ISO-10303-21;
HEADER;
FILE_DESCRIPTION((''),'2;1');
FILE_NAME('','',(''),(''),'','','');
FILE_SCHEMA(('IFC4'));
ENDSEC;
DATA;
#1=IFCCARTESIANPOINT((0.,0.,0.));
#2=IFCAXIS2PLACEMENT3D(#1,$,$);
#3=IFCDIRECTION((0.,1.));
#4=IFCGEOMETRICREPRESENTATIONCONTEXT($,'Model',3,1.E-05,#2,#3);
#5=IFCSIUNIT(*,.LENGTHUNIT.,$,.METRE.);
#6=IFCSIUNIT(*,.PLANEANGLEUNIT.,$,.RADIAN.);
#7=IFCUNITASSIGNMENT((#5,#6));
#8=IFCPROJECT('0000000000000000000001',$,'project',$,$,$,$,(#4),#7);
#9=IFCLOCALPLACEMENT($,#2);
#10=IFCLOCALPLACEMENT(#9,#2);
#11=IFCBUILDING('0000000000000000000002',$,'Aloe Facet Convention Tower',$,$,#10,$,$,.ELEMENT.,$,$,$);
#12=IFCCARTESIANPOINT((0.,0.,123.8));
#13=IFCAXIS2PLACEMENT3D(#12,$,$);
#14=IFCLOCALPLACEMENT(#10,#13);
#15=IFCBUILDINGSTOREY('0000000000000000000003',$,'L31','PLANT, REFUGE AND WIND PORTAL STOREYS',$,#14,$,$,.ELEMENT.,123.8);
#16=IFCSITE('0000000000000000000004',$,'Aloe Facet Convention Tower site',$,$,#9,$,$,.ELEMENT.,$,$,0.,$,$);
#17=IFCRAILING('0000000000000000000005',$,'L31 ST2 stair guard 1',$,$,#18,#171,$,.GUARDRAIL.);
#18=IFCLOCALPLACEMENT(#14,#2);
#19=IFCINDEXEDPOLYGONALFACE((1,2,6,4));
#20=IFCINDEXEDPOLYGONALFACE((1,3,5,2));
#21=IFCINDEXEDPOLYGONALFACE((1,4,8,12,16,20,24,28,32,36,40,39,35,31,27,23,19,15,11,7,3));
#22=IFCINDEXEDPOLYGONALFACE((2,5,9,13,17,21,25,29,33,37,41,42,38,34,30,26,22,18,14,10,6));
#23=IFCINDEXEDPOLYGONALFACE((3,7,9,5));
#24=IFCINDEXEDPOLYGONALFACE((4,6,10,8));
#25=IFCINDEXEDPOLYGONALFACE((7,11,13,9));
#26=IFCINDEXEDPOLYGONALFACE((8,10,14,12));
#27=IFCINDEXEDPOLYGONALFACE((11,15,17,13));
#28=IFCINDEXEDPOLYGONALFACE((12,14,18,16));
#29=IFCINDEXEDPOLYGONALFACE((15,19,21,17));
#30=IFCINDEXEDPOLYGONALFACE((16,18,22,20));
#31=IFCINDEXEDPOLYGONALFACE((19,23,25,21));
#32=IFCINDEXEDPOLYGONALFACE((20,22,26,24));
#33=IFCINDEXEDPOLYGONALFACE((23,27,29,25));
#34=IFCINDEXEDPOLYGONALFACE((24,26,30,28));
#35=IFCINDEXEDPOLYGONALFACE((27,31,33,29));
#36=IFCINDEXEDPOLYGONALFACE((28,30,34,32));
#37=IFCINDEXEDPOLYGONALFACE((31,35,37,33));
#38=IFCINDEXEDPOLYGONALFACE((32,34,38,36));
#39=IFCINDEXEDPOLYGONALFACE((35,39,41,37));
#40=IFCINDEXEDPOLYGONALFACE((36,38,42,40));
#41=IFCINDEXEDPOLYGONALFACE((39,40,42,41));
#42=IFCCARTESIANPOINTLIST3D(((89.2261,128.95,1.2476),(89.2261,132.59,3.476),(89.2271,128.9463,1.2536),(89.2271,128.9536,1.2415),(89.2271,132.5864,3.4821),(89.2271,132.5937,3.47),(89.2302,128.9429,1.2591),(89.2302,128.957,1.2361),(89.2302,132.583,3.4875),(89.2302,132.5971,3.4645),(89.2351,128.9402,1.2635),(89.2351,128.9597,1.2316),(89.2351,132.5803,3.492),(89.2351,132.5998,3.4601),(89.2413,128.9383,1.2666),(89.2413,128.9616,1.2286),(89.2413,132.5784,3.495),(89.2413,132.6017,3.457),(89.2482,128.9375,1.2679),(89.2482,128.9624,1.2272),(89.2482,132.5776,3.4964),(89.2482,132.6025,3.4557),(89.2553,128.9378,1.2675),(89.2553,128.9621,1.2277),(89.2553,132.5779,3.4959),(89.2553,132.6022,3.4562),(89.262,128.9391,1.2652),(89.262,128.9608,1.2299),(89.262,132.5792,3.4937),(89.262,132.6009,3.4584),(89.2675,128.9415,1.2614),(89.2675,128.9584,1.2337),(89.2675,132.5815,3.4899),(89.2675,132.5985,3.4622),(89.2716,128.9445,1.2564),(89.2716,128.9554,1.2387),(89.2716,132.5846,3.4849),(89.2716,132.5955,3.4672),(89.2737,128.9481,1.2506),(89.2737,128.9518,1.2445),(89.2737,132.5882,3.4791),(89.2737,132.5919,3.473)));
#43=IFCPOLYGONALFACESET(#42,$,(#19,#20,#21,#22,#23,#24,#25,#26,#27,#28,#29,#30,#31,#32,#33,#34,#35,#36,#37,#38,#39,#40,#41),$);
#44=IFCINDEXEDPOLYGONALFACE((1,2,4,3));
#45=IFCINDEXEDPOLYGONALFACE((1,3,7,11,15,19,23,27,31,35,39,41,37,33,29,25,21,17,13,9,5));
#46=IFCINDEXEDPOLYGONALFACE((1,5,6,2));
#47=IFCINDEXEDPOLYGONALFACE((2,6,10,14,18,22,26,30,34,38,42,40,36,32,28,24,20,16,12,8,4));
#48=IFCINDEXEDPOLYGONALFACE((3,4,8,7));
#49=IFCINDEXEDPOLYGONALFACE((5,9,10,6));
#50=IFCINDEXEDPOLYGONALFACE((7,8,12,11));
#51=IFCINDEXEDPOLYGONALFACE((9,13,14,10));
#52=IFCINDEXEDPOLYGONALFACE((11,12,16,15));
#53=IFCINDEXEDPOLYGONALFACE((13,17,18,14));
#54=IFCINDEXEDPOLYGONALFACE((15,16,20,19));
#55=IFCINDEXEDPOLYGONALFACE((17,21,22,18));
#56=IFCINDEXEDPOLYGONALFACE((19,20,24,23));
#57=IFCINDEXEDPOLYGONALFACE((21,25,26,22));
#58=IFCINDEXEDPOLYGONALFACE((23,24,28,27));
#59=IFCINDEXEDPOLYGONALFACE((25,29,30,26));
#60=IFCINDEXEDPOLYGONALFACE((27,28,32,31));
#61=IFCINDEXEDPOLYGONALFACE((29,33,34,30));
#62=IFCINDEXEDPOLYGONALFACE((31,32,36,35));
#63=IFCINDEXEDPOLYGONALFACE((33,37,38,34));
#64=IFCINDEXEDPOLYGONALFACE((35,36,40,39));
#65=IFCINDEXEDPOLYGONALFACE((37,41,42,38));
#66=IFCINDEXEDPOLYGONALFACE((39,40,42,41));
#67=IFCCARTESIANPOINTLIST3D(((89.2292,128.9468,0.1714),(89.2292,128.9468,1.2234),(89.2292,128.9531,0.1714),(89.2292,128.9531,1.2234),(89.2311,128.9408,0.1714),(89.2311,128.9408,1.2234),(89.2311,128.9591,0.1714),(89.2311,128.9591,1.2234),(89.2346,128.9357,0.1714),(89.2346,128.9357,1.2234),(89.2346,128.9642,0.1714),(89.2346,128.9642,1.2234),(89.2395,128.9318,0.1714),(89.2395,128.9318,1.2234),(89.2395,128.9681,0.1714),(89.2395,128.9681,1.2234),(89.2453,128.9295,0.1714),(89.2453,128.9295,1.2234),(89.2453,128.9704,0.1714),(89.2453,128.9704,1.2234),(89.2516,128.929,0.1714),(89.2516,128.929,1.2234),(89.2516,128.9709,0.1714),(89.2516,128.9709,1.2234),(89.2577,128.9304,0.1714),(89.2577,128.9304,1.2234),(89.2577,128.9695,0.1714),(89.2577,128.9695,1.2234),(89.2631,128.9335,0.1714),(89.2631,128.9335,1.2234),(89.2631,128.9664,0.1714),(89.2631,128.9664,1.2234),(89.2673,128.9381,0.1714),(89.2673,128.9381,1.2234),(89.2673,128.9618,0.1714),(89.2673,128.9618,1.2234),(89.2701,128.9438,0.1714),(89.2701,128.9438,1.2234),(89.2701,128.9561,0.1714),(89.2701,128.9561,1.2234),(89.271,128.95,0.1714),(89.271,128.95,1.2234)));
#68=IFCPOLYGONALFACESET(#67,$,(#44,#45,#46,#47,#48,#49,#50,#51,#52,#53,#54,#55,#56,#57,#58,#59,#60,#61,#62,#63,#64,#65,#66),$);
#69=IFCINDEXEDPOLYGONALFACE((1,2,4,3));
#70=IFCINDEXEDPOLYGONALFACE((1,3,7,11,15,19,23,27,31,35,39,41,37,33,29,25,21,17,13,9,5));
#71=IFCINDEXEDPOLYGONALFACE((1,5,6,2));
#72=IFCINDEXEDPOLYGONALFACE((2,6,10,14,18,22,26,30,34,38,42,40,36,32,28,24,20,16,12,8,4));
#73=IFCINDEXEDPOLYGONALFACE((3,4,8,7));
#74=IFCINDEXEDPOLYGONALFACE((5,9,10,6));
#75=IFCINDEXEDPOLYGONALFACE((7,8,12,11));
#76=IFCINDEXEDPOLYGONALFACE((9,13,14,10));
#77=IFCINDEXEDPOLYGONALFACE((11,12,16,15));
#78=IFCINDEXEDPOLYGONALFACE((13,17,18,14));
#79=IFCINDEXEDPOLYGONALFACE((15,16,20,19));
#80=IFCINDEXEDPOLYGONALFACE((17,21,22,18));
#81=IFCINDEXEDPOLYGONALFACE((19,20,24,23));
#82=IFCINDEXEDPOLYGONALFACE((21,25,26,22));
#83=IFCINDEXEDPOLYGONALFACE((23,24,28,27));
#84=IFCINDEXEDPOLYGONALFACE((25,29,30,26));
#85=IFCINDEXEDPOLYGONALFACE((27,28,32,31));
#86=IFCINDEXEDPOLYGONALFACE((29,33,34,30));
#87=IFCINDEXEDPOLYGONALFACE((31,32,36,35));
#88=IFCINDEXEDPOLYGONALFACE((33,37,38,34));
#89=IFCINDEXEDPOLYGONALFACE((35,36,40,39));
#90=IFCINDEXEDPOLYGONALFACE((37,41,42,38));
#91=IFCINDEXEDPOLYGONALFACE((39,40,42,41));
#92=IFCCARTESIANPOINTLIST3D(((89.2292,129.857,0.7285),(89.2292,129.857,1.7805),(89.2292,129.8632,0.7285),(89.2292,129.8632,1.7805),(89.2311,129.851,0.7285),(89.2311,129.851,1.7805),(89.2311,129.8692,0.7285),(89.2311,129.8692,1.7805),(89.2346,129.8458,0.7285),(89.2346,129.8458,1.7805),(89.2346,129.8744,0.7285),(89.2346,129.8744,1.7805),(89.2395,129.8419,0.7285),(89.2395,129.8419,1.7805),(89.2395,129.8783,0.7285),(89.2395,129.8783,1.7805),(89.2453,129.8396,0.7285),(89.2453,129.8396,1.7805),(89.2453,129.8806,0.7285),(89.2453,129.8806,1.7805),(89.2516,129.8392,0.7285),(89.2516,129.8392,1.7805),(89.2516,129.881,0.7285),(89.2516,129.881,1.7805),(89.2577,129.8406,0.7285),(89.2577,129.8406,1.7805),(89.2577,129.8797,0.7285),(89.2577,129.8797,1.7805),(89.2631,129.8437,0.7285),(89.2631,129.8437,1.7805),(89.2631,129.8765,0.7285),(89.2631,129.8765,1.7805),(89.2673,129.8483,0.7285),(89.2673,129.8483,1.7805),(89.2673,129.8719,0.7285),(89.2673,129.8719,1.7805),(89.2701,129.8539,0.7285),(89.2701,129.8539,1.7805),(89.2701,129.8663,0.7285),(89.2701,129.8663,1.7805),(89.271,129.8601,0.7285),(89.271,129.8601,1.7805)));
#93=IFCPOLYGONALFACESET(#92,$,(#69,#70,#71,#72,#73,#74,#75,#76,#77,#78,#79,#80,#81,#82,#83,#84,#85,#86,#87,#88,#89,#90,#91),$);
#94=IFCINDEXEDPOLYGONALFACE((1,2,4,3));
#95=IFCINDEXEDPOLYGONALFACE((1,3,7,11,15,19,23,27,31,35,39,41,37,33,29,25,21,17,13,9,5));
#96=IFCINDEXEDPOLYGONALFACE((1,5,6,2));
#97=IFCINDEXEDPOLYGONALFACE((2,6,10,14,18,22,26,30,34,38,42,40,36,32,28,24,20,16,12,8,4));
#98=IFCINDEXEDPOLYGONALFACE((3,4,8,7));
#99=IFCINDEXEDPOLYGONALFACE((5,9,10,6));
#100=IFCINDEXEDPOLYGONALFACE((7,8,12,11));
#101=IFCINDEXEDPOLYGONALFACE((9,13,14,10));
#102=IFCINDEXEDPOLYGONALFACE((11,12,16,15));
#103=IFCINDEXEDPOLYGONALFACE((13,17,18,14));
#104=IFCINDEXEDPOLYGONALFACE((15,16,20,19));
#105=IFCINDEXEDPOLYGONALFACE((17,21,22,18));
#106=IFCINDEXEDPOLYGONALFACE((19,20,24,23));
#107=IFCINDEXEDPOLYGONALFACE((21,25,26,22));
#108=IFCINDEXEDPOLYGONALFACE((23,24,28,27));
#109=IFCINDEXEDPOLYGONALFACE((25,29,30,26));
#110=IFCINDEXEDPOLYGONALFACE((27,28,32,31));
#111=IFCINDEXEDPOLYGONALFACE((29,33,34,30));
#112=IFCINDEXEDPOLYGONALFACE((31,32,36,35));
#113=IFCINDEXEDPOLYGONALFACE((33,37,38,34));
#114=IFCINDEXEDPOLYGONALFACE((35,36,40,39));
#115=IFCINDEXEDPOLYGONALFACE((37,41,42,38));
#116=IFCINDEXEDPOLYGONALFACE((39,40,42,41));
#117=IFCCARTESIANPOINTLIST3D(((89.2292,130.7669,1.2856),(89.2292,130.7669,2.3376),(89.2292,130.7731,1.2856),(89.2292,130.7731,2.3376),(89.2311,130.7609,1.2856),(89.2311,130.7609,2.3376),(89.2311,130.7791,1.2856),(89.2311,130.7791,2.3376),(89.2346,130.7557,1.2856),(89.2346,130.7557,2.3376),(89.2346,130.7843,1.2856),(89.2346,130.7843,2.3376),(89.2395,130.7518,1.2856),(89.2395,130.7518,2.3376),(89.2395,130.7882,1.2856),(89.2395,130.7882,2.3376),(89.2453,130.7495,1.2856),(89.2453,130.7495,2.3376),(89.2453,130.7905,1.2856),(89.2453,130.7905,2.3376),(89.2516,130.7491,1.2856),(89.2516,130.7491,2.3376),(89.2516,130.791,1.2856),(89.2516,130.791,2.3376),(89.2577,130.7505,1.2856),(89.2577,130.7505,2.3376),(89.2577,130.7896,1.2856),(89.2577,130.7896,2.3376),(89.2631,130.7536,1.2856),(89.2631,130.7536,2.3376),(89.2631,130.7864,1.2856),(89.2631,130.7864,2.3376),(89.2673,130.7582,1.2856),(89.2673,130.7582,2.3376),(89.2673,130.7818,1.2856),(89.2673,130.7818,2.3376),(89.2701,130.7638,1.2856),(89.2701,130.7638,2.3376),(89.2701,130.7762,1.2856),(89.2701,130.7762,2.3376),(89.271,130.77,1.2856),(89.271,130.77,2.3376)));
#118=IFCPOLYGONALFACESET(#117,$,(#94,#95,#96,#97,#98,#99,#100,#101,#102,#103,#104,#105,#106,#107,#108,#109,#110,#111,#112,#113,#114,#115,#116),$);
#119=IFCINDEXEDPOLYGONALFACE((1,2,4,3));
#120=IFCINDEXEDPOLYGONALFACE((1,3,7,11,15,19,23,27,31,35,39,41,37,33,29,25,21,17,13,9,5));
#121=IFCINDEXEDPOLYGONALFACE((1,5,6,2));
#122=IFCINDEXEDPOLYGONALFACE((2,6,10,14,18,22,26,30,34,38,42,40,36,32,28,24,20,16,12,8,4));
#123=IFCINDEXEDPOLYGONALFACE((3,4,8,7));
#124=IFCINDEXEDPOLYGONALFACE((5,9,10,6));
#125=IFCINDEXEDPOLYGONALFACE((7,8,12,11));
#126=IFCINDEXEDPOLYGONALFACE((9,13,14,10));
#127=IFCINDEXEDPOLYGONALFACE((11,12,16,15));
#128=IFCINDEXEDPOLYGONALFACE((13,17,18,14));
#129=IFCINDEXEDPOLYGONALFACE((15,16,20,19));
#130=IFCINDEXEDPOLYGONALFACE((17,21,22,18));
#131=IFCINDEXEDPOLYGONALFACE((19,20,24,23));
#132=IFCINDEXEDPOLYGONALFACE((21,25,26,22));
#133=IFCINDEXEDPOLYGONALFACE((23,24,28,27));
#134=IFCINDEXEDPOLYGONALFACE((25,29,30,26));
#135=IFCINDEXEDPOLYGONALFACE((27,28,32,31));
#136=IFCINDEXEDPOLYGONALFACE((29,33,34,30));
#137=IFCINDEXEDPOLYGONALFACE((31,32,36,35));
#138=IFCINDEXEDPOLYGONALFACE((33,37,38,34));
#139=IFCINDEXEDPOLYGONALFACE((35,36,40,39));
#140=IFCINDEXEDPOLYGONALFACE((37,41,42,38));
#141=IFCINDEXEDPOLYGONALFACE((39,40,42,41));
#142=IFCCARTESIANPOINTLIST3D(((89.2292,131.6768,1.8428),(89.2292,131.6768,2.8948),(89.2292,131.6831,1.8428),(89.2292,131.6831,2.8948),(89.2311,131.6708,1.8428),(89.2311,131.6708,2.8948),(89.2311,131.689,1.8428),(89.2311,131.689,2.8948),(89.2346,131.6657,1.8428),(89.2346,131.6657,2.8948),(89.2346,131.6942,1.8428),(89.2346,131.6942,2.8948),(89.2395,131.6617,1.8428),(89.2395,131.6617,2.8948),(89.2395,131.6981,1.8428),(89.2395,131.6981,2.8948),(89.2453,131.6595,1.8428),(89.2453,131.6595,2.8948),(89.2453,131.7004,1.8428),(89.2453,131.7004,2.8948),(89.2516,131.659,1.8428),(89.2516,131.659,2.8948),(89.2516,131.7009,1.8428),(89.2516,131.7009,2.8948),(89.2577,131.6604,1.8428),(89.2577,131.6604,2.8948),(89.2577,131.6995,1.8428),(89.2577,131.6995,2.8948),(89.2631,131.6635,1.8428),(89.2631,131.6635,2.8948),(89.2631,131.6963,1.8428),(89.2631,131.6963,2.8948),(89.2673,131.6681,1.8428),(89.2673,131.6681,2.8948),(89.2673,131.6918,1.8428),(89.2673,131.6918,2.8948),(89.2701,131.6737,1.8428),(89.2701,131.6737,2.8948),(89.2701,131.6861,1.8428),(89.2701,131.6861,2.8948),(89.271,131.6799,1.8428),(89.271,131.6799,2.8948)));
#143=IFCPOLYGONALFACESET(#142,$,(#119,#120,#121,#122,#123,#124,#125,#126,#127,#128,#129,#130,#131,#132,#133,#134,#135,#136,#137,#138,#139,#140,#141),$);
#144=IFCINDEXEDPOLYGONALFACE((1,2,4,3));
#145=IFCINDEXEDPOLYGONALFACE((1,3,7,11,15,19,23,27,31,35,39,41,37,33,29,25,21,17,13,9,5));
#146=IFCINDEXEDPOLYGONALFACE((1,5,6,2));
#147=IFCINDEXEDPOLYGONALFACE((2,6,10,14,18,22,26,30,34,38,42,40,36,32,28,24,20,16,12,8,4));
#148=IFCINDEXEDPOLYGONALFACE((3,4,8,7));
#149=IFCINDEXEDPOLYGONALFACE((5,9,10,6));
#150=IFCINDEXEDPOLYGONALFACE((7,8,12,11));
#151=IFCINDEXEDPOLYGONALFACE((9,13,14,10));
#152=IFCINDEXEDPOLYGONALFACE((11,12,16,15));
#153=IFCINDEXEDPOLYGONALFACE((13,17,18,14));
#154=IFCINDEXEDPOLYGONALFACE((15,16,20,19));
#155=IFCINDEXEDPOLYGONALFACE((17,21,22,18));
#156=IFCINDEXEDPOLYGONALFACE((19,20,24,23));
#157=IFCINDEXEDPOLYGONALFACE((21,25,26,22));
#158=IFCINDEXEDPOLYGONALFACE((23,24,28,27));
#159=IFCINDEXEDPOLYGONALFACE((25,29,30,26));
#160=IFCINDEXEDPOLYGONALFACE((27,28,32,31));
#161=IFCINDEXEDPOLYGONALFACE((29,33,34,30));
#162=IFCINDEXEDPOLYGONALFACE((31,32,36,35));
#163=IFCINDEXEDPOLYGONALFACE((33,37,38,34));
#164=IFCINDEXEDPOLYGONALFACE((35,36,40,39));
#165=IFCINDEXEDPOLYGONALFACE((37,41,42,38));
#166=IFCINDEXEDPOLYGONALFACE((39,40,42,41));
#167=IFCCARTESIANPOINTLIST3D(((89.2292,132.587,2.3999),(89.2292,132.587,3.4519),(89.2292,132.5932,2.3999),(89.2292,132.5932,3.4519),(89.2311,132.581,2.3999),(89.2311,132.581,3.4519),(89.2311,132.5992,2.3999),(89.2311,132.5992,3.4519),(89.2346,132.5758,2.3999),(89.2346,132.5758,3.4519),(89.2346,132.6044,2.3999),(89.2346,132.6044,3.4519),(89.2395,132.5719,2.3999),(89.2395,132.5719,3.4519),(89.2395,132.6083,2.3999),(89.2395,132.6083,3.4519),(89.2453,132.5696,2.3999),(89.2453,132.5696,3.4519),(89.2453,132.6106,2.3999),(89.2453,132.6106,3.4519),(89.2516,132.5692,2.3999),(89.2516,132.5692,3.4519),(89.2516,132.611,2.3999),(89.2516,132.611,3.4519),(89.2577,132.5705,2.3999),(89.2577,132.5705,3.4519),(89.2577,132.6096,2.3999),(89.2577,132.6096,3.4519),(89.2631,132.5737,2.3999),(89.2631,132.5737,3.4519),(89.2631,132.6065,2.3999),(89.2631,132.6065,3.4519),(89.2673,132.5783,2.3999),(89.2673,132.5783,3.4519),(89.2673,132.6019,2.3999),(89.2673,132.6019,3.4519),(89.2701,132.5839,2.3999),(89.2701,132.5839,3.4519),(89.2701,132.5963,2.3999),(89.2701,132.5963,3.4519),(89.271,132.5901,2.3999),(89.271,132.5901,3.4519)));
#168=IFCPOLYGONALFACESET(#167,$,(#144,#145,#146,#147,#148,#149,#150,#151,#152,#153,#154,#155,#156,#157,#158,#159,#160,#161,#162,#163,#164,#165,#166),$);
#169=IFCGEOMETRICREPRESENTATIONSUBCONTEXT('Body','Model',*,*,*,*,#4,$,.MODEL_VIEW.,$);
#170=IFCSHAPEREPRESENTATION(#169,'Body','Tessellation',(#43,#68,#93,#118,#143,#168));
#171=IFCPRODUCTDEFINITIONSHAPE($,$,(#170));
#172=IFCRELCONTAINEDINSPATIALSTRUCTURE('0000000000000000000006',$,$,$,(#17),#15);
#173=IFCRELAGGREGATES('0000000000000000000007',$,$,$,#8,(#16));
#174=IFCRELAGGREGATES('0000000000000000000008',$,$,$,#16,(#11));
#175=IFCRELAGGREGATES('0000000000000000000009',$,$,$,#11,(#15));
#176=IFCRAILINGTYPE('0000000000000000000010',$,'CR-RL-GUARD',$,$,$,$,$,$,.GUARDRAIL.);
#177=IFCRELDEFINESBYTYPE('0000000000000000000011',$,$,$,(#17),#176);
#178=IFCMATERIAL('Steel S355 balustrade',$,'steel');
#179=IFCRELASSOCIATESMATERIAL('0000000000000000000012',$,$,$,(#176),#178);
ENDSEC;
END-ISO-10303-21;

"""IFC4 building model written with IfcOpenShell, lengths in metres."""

from ifc_helpers import new_model, si_unit, direction, frame, origin, origin_2d, place, context, subcontext, project, spatial, circle, extrude, material, type_object, element, save


model = new_model("IFC4")

# Units and contexts
model_context = context("Model", 3, precision=1e-05, world=origin(), true_north=direction((0.0, 1.0)))
body_context = subcontext(model_context, "Body", "Model", "MODEL_VIEW")
ifc_project = project(units=[si_unit("LENGTHUNIT", "METRE"), si_unit("PLANEANGLEUNIT", "RADIAN")], contexts=[model_context])

# Site, building, storey
site_placement = place(None, origin())
site = spatial("IfcSite", under=ifc_project, at=site_placement, Name="Aloe Facet Convention Tower site", CompositionType="ELEMENT", RefElevation=0.0)
building_placement = place(site_placement, origin())
building = spatial("IfcBuilding", under=site, at=building_placement, Name="Aloe Facet Convention Tower", CompositionType="ELEMENT")
storey_placement = place(building_placement, frame((0.0, 0.0, 123.8)))
storey = spatial("IfcBuildingStorey", under=building, at=storey_placement, Name="L31", Description="PLANT, REFUGE AND WIND PORTAL STOREYS", CompositionType="ELEMENT", Elevation=123.8)

# Railing
ifc_material_1 = material(Name="Steel S355 balustrade", Category="steel")
railing_type_1 = type_object("IfcRailingType", Name="CR-RL-GUARD", PredefinedType="GUARDRAIL", material=ifc_material_1)
railing_1_placement = place(storey_placement, frame((89.25, 128.95, 0.1714)))
element("IfcRailing", 1, at=railing_1_placement, inside=storey, type_object=railing_type_1, Name="L31 ST2 stair guard 1", PredefinedType="GUARDRAIL", context=body_context, shape_type="SweptSolid", body=[
    extrude(circle(Radius=0.0239, at=origin_2d()), frame((0.0, 0.0, 1.0762), z_axis=(0.0, 0.852866, 0.52213), x_axis=(-1.0, 0.0, 0.0)), (0.0, 0.0, 1.0), 4.2681),
    extrude(circle(Radius=0.021, at=origin_2d()), origin(), (0.0, 0.0, 1.0), 1.052),
    extrude(circle(Radius=0.021, at=origin_2d()), frame((0.0, 0.9102, 0.5571)), (0.0, 0.0, 1.0), 1.052),
    extrude(circle(Radius=0.021, at=origin_2d()), frame((0.0, 1.8201, 1.1143)), (0.0, 0.0, 1.0), 1.052),
    extrude(circle(Radius=0.021, at=origin_2d()), frame((0.0, 2.73, 1.6714)), (0.0, 0.0, 1.0), 1.052),
    extrude(circle(Radius=0.021, at=origin_2d()), frame((0.0, 3.6401, 2.2285)), (0.0, 0.0, 1.0), 1.052),
])

save(model, "model.ifc")
